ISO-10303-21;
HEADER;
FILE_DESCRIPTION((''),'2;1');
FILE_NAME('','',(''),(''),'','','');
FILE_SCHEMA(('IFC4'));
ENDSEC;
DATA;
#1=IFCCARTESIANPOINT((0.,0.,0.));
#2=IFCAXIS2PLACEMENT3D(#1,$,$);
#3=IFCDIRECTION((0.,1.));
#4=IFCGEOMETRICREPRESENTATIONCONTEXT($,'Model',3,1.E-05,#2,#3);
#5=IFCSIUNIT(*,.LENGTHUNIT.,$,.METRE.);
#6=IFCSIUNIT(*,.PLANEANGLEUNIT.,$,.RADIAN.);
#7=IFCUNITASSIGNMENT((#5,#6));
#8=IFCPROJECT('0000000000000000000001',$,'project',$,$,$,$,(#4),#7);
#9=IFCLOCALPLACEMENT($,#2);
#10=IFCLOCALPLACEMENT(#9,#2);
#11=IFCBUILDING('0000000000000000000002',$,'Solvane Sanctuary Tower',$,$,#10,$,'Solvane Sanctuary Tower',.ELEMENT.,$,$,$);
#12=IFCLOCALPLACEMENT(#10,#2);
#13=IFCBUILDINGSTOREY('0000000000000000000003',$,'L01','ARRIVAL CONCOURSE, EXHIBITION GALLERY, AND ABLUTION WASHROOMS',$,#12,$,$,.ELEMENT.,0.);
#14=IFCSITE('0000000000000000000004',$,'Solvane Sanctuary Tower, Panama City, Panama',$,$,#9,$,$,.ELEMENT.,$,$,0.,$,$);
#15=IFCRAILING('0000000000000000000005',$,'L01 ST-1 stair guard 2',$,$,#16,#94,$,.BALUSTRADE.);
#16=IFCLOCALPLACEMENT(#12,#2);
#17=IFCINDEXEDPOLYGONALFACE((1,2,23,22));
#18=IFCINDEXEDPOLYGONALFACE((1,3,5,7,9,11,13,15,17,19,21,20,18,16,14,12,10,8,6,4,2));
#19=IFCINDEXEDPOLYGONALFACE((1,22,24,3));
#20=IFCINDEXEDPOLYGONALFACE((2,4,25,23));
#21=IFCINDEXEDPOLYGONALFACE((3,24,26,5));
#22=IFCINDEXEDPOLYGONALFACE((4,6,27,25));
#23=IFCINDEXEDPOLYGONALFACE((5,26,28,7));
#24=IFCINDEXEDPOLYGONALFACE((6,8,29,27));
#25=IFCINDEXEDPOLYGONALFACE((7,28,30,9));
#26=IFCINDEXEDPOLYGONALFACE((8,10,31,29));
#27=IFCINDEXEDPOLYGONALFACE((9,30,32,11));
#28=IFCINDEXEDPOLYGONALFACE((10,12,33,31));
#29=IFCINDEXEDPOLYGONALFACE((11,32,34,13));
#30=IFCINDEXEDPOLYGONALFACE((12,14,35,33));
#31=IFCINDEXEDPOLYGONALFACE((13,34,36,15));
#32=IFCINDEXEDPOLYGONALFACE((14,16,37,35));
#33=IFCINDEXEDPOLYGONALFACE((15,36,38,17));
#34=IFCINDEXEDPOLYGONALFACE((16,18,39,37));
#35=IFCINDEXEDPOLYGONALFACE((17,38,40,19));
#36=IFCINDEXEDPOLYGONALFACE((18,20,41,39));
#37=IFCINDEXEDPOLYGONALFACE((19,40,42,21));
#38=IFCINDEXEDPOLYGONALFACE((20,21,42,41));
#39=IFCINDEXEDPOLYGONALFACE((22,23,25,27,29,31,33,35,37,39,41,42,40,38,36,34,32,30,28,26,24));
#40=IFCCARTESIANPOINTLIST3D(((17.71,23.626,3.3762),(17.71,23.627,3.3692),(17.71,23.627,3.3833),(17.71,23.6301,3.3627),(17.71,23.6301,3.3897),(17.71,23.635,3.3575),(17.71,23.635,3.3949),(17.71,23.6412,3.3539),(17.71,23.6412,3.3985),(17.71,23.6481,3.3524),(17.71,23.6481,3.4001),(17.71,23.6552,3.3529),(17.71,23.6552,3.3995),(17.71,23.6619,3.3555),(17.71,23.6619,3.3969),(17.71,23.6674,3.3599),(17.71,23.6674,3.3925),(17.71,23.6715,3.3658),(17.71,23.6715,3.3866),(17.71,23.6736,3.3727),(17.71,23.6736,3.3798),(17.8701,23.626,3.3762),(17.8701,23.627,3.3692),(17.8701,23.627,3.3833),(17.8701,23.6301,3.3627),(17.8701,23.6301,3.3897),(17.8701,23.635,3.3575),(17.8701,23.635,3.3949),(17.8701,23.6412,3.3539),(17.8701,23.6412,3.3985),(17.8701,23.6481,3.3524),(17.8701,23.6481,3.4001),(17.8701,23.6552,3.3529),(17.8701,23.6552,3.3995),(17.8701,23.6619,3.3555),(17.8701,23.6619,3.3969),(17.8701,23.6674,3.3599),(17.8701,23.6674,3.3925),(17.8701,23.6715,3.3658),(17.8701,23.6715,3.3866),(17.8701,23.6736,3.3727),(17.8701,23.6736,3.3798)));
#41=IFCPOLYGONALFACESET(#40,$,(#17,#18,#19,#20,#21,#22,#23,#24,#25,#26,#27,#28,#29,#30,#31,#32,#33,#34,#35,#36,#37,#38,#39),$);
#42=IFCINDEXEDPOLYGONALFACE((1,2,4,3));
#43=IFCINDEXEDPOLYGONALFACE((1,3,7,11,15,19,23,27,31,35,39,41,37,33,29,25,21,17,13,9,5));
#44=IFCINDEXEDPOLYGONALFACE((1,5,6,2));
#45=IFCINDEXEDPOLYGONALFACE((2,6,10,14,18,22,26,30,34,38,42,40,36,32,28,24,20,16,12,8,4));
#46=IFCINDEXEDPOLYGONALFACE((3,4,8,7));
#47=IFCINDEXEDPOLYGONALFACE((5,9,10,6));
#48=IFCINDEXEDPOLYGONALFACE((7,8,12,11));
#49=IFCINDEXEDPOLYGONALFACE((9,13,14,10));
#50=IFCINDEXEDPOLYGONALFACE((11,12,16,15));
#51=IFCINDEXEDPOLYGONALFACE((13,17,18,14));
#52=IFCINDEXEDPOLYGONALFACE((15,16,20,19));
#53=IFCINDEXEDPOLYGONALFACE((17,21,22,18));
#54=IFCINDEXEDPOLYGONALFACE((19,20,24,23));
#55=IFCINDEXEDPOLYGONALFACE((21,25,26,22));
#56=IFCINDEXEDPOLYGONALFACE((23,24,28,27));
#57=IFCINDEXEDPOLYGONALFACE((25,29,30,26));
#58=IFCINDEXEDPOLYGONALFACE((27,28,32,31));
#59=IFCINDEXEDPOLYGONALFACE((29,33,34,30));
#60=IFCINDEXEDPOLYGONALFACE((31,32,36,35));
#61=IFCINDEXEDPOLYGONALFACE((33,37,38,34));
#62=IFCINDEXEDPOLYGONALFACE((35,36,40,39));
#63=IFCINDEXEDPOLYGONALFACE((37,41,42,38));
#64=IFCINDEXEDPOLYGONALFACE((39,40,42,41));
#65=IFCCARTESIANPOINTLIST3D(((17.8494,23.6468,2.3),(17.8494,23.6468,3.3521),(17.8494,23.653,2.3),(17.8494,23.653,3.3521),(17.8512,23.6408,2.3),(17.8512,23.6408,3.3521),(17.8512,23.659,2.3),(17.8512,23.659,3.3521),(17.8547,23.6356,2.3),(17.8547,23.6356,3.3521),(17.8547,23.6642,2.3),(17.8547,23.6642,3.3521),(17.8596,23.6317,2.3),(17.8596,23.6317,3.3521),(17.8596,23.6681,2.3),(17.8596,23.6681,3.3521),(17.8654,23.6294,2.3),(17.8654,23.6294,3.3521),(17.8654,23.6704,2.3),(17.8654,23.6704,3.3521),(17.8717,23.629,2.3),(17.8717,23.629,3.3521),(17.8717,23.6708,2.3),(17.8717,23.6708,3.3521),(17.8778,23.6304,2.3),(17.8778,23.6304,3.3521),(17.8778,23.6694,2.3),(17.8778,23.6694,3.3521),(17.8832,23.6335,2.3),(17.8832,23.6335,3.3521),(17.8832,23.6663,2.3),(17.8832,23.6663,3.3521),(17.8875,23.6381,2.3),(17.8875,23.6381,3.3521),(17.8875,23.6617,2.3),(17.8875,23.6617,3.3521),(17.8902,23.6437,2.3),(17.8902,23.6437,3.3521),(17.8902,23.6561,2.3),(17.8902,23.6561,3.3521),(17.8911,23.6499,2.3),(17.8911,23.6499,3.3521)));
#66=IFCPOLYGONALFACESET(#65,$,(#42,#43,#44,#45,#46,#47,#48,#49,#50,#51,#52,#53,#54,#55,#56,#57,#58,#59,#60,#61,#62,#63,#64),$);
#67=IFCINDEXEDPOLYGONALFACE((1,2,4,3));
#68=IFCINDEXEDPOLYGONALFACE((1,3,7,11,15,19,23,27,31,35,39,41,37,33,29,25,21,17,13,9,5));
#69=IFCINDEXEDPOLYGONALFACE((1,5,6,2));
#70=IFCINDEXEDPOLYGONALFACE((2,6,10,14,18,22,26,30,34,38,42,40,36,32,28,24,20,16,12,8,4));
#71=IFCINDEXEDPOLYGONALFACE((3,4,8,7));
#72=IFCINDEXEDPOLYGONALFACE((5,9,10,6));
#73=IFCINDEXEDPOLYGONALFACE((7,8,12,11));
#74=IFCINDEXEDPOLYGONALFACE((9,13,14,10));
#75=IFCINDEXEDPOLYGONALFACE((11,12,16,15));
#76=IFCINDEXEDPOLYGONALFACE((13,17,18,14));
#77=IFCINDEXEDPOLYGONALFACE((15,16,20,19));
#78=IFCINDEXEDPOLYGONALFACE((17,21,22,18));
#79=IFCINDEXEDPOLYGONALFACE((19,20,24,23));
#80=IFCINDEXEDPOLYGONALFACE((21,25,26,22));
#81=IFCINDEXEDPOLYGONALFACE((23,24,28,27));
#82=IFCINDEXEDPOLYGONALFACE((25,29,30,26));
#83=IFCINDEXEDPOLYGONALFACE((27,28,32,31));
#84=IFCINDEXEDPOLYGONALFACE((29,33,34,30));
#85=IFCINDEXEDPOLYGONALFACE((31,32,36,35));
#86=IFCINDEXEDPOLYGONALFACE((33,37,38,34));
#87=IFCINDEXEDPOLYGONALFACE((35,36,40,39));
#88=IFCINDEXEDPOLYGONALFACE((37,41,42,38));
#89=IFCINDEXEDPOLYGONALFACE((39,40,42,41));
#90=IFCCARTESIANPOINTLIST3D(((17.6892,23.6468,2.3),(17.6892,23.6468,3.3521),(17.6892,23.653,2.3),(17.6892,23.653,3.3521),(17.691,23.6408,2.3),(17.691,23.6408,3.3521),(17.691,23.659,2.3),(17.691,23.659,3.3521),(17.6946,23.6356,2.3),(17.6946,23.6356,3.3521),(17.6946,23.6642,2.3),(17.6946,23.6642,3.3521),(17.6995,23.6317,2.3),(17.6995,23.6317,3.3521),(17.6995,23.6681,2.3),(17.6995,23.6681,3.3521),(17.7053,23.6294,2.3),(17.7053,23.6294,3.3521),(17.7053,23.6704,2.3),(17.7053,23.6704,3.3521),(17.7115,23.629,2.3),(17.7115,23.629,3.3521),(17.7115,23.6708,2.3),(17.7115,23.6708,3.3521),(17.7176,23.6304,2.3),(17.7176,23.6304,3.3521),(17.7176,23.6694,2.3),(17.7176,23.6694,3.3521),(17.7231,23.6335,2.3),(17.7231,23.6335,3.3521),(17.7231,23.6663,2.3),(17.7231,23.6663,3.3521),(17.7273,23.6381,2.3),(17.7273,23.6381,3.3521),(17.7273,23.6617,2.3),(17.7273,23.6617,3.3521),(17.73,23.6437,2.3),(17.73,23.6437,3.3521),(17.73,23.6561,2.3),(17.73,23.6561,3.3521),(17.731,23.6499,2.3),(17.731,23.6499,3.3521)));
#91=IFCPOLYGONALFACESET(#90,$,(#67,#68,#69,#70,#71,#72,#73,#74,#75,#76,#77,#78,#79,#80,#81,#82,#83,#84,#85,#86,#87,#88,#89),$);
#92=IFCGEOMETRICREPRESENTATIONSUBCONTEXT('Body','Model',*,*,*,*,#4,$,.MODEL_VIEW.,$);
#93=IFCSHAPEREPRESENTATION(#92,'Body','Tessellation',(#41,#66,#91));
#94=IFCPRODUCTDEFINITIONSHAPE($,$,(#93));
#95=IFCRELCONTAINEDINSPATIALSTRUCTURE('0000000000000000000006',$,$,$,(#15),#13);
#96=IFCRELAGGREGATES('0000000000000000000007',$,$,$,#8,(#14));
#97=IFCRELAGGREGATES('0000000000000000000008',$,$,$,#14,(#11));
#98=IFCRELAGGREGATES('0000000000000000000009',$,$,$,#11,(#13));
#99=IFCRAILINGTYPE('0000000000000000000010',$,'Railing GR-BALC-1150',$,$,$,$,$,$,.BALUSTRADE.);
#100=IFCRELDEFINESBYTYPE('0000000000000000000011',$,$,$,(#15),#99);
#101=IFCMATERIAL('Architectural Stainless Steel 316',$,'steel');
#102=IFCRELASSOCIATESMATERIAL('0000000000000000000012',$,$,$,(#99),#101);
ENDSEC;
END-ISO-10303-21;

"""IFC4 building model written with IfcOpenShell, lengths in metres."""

from ifc_helpers import new_model, si_unit, direction, frame, origin, origin_2d, place, context, subcontext, project, spatial, circle, extrude, material, type_object, element, save


model = new_model("IFC4")

# Units and contexts
model_context = context("Model", 3, precision=1e-05, world=origin(), true_north=direction((0.0, 1.0)))
body_context = subcontext(model_context, "Body", "Model", "MODEL_VIEW")
ifc_project = project(units=[si_unit("LENGTHUNIT", "METRE"), si_unit("PLANEANGLEUNIT", "RADIAN")], contexts=[model_context])

# Site, building, storey
site_placement = place(None, origin())
site = spatial("IfcSite", under=ifc_project, at=site_placement, Name="Solvane Sanctuary Tower, Panama City, Panama", CompositionType="ELEMENT", RefElevation=0.0)
building_placement = place(site_placement, origin())
building = spatial("IfcBuilding", under=site, at=building_placement, Name="Solvane Sanctuary Tower", LongName="Solvane Sanctuary Tower", CompositionType="ELEMENT")
storey_placement = place(building_placement, origin())
storey = spatial("IfcBuildingStorey", under=building, at=storey_placement, Name="L01", Description="ARRIVAL CONCOURSE, EXHIBITION GALLERY, AND ABLUTION WASHROOMS", CompositionType="ELEMENT", Elevation=0.0)

# Shared definitions
ifc_material_1 = material(Name="Architectural Stainless Steel 316", Category="steel")

# Railing
railing_type_1 = type_object("IfcRailingType", Name="Railing GR-BALC-1150", PredefinedType="BALUSTRADE", material=ifc_material_1)
railing_1_placement = place(storey_placement, frame((17.8701, 23.6499, 2.3)))
element("IfcRailing", 1, at=railing_1_placement, inside=storey, type_object=railing_type_1, Name="L01 ST-1 stair guard 2", PredefinedType="BALUSTRADE", context=body_context, shape_type="SweptSolid", body=[
    extrude(circle(Radius=0.0239, at=origin_2d()), frame((0.0, 0.0, 1.0762), z_axis=(-1.0, 0.0, 0.0), x_axis=(0.0, -1.0, 0.0)), (0.0, 0.0, 1.0), 0.1602),
    extrude(circle(Radius=0.021, at=origin_2d()), origin(), (0.0, 0.0, 1.0), 1.052),
    extrude(circle(Radius=0.021, at=origin_2d()), frame((-0.1602, 0.0, 0.0)), (0.0, 0.0, 1.0), 1.052),
])

save(model, "model.ifc")
